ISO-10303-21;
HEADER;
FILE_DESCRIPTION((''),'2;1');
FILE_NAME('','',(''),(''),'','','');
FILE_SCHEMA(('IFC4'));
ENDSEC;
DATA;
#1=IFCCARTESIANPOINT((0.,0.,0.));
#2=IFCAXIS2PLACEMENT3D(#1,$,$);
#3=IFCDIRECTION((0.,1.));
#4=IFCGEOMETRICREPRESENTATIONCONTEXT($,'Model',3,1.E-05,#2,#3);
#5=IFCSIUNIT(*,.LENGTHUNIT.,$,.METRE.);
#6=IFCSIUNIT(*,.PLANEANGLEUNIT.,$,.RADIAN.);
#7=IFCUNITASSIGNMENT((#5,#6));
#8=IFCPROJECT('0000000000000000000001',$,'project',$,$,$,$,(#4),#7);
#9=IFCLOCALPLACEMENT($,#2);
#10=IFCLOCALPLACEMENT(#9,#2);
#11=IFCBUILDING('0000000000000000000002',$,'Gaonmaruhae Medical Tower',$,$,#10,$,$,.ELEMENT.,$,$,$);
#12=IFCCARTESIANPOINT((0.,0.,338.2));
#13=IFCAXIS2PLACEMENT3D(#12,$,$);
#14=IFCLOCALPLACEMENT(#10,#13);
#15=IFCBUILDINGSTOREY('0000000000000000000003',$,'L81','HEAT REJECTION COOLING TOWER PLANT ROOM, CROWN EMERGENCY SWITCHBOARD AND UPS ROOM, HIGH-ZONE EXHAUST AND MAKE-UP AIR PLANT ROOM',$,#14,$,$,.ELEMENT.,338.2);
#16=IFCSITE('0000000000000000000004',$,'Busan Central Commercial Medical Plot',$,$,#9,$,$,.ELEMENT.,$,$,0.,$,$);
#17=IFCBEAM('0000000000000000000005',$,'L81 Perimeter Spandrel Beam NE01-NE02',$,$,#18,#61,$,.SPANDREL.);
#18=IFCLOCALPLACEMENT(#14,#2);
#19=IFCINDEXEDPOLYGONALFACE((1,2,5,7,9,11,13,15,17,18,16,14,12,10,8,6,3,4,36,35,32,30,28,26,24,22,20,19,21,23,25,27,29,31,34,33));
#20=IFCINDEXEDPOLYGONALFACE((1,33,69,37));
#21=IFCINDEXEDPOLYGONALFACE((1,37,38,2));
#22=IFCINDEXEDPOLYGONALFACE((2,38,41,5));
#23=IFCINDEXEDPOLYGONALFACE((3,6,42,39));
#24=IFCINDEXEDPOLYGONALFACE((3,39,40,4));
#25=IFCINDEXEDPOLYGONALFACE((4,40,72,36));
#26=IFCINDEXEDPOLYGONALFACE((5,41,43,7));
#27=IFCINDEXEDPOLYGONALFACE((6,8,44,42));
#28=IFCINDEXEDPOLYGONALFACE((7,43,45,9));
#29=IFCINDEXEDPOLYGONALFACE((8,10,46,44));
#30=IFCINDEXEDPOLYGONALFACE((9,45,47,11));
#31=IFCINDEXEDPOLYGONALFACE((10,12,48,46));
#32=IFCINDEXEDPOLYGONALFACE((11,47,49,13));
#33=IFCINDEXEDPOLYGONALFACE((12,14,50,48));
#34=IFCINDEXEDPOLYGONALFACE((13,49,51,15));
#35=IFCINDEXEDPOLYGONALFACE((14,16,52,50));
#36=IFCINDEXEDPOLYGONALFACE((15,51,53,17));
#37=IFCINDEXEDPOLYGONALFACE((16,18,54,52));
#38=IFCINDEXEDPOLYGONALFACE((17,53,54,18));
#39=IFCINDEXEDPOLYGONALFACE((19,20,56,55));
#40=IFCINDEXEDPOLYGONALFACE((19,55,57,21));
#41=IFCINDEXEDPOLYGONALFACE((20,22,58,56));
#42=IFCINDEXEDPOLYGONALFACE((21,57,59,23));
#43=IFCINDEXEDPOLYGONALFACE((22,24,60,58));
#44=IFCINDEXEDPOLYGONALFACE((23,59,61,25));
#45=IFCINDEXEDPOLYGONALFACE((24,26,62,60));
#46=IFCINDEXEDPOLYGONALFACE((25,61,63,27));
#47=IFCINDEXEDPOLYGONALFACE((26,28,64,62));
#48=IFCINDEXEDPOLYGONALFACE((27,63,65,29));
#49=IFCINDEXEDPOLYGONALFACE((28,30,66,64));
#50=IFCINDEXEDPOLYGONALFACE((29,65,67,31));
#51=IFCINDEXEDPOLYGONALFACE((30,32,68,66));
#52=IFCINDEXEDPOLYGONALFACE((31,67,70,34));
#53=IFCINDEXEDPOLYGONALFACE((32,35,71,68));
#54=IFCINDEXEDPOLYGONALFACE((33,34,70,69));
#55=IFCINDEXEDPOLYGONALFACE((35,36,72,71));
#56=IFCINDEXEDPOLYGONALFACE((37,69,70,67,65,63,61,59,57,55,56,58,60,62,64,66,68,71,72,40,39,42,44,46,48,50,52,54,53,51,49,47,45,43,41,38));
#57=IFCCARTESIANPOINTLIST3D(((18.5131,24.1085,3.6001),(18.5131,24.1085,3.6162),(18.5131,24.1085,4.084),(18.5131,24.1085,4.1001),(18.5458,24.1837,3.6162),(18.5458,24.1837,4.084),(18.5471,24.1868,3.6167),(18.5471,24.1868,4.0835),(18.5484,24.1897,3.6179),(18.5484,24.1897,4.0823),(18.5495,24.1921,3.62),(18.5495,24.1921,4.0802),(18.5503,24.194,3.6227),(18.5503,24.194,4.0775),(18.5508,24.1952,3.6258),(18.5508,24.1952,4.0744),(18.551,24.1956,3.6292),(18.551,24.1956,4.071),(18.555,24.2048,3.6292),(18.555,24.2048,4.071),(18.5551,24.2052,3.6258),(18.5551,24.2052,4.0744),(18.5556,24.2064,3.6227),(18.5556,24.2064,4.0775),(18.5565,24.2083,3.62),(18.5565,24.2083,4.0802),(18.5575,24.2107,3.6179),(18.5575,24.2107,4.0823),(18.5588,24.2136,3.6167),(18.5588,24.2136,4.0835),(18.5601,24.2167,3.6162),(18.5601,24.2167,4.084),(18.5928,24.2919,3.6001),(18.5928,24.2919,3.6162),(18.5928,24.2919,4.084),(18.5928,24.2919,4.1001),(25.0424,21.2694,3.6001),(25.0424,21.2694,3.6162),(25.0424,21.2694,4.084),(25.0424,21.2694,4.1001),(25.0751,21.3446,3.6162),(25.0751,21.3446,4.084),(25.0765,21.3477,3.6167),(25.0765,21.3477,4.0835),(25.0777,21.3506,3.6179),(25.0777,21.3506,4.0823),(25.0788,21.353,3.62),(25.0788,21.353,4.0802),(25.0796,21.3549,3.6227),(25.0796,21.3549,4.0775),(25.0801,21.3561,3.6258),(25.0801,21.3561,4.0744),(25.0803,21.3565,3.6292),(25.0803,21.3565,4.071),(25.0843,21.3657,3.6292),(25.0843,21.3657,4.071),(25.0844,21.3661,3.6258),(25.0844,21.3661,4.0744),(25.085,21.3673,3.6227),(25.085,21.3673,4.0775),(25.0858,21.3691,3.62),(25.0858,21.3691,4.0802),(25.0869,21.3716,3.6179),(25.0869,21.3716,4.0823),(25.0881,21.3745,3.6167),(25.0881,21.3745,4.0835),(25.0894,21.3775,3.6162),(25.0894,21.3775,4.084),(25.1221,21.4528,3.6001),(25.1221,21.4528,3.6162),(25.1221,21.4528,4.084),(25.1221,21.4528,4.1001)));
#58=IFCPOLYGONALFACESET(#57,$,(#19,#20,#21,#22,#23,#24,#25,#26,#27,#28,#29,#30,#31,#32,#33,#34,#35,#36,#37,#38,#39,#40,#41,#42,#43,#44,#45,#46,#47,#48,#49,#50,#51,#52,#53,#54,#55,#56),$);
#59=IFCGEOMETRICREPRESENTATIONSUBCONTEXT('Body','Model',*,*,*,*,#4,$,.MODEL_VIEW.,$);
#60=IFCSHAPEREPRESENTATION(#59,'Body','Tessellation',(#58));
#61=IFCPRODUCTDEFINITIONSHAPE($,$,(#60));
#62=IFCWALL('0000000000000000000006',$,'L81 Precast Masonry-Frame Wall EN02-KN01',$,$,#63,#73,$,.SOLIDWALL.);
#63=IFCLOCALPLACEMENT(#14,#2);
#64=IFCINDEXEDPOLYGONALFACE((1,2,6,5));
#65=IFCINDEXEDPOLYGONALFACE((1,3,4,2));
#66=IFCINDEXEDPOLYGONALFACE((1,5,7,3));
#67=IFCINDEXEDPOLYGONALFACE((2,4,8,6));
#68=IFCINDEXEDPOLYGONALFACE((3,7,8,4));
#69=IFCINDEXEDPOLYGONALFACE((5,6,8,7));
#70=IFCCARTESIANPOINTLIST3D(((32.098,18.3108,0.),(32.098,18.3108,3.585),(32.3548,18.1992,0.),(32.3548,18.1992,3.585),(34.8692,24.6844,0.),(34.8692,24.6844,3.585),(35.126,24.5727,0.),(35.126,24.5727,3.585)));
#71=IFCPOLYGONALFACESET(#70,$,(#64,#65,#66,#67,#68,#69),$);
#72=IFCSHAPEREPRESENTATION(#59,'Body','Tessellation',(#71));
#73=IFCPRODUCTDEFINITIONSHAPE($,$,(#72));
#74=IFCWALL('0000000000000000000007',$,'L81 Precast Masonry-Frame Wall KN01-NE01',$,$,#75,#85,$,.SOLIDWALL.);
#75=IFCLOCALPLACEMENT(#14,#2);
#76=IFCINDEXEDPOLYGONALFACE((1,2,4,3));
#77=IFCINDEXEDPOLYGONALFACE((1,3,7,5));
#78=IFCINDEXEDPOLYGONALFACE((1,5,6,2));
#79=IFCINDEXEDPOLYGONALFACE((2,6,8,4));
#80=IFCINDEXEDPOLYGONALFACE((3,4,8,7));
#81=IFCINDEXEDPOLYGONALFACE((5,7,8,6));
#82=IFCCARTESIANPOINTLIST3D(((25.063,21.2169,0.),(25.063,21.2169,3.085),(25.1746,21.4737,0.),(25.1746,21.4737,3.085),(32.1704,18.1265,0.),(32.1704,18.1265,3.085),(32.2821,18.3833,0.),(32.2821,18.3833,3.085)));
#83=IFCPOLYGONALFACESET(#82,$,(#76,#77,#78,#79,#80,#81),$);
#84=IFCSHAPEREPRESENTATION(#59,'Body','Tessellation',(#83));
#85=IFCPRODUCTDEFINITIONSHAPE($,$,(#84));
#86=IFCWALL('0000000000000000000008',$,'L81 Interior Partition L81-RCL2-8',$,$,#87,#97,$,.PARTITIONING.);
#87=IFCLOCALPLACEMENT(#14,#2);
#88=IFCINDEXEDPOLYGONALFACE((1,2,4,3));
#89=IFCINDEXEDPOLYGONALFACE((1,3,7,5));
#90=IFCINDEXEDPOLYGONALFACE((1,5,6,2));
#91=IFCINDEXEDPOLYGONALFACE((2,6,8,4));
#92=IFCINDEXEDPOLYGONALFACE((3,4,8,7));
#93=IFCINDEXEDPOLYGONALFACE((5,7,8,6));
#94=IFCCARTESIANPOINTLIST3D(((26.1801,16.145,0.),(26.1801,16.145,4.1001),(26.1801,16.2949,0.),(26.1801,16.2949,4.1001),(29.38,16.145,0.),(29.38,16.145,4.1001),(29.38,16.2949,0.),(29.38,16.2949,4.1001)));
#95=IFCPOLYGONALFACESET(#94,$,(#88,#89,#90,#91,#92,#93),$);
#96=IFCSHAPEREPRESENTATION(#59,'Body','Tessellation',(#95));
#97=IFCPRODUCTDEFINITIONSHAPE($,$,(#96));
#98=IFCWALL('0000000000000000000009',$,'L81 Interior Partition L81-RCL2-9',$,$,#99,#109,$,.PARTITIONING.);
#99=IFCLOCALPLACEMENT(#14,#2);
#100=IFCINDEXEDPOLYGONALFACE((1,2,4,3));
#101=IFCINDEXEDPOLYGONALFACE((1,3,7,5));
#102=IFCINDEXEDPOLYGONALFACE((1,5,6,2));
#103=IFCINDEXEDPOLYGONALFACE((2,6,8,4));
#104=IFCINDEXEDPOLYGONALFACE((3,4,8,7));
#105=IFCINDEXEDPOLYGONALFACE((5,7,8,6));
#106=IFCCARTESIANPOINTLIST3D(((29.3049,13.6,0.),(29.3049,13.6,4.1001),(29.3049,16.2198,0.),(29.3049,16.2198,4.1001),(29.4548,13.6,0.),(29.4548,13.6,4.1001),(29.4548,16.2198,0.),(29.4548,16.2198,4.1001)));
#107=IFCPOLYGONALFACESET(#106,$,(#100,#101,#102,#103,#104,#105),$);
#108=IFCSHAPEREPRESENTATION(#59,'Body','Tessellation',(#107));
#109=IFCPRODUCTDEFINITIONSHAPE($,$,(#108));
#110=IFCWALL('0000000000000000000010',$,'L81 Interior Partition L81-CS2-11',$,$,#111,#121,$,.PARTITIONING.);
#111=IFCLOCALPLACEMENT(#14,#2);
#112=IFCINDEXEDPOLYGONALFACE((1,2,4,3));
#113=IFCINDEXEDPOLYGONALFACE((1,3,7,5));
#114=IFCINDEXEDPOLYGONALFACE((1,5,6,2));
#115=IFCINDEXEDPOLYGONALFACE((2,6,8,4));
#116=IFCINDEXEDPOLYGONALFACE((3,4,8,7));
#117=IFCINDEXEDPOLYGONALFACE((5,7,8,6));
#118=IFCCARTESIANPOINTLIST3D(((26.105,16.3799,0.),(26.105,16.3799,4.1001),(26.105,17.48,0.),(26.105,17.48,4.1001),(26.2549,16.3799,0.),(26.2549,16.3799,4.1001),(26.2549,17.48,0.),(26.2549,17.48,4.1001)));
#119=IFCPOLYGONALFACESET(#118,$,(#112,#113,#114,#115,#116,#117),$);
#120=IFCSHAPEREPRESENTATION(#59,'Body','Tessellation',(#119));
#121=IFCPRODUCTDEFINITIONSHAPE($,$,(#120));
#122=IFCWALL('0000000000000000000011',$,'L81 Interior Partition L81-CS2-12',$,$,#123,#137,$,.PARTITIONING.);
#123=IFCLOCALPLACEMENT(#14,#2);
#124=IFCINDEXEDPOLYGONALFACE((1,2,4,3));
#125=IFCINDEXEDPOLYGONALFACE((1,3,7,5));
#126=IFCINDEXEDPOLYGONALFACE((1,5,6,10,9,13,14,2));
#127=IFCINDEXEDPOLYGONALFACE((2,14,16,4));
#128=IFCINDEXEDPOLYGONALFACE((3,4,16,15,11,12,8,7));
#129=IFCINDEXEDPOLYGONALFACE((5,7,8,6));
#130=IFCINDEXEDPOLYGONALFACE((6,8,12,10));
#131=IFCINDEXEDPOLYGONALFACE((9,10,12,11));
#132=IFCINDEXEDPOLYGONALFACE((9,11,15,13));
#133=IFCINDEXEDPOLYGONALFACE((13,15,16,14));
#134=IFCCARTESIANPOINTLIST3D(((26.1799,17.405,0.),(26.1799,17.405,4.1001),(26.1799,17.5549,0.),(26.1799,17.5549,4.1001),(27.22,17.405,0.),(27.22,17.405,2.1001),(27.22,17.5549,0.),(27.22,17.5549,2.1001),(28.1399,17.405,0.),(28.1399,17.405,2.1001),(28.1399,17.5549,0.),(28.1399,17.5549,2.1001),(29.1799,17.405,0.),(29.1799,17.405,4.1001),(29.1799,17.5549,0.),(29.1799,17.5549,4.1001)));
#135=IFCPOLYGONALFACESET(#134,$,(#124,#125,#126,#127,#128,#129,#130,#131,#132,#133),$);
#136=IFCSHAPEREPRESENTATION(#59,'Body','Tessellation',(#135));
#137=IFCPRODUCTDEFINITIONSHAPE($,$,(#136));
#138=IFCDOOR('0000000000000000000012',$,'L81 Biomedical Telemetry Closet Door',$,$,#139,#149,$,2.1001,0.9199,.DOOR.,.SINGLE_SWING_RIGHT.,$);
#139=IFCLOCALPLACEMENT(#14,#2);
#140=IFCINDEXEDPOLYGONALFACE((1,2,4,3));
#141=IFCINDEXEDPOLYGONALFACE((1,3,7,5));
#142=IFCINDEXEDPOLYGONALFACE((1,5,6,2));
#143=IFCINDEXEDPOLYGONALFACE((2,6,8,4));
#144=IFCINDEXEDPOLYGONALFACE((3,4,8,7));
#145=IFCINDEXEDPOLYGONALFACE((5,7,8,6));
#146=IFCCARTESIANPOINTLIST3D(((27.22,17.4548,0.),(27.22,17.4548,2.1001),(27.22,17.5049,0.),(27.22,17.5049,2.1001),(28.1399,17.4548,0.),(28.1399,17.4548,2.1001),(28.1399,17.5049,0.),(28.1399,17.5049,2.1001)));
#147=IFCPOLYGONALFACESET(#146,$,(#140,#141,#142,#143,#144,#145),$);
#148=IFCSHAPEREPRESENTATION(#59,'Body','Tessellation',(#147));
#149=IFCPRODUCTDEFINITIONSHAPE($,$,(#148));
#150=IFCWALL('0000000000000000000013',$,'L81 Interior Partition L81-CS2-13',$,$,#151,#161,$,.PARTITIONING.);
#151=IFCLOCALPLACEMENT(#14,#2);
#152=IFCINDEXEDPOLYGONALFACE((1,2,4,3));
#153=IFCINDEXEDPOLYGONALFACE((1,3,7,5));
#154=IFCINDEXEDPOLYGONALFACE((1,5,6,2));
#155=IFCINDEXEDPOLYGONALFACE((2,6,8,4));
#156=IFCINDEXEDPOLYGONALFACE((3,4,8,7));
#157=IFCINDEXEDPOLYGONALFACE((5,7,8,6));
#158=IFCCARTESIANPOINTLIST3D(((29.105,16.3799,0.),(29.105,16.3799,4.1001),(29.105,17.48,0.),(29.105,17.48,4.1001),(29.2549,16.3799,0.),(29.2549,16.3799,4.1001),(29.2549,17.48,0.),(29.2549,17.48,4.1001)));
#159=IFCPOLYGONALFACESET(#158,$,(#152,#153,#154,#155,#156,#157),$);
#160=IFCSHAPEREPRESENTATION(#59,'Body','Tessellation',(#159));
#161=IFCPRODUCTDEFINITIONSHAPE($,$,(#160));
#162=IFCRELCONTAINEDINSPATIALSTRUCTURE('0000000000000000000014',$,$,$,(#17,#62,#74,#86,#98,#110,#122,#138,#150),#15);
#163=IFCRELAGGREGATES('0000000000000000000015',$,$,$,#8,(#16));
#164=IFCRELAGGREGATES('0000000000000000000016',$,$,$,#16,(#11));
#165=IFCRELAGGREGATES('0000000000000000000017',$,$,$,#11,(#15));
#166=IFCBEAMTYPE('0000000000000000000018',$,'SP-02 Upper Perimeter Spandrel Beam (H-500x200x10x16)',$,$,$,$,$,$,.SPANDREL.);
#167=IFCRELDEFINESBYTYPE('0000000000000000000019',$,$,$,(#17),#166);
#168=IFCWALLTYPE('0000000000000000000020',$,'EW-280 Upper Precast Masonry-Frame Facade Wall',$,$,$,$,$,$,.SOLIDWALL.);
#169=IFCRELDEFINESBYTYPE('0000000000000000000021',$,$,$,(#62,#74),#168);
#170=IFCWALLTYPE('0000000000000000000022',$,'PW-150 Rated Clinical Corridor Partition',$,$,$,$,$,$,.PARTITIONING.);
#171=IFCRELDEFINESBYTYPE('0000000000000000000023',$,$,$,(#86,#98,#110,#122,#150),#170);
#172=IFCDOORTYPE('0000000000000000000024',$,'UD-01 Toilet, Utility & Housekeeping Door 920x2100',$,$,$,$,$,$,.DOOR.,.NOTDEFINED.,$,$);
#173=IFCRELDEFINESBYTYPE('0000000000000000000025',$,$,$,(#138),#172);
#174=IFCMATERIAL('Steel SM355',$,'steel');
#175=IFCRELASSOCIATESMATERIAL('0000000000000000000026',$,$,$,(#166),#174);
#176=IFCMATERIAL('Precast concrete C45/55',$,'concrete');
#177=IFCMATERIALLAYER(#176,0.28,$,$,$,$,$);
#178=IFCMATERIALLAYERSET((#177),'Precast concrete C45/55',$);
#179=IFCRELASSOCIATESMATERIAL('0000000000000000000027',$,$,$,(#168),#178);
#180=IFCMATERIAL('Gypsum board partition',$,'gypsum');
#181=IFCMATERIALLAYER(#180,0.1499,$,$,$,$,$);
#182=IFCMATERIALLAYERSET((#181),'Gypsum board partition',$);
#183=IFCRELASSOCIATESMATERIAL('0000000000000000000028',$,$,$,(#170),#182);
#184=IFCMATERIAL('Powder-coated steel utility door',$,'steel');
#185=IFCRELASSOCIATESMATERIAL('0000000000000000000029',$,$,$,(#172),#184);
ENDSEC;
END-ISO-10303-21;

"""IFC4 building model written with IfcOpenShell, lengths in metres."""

from ifc_helpers import new_model, si_unit, direction, frame, frame_2d, origin, origin_2d, place, context, subcontext, project, spatial, rectangle, i_section, extrude, material, layer, layer_set, material_profile, profile_set, type_object, element, fill, save


model = new_model("IFC4")

# Units and contexts
model_context = context("Model", 3, precision=1e-05, world=origin(), true_north=direction((0.0, 1.0)))
body_context = subcontext(model_context, "Body", "Model", "MODEL_VIEW")
ifc_project = project(units=[si_unit("LENGTHUNIT", "METRE"), si_unit("PLANEANGLEUNIT", "RADIAN")], contexts=[model_context])

# Site, building, storey
site_placement = place(None, origin())
site = spatial("IfcSite", under=ifc_project, at=site_placement, Name="Busan Central Commercial Medical Plot", CompositionType="ELEMENT", RefElevation=0.0)
building_placement = place(site_placement, origin())
building = spatial("IfcBuilding", under=site, at=building_placement, Name="Gaonmaruhae Medical Tower", CompositionType="ELEMENT")
storey_placement = place(building_placement, frame((0.0, 0.0, 338.2)))
storey = spatial("IfcBuildingStorey", under=building, at=storey_placement, Name="L81", Description="HEAT REJECTION COOLING TOWER PLANT ROOM, CROWN EMERGENCY SWITCHBOARD AND UPS ROOM, HIGH-ZONE EXHAUST AND MAKE-UP AIR PLANT ROOM", CompositionType="ELEMENT", Elevation=338.2)

# Beam
ifc_material_1 = material(Name="Steel SM355", Category="steel")
ifc_material_profile_1 = material_profile(ifc_material_1, i_section(OverallWidth=0.2, OverallDepth=0.5, WebThickness=0.01, FlangeThickness=0.0161, FilletRadius=0.0129, at=origin_2d()), Name="H-500x200x10x16")
ifc_profile_set_1 = profile_set([ifc_material_profile_1], Name="Steel SM355")
beam_type_1 = type_object("IfcBeamType", Name="SP-02 Upper Perimeter Spandrel Beam (H-500x200x10x16)", PredefinedType="SPANDREL", material=ifc_profile_set_1)
beam_1_placement = place(storey_placement, frame((25.0823, 21.3611, 3.8501), z_axis=(-0.917055, 0.39876, 0.0), x_axis=(-0.39876, -0.917055, 0.0)))
element("IfcBeam", 1, at=beam_1_placement, inside=storey, type_object=beam_type_1, Name="L81 Perimeter Spandrel Beam NE01-NE02", PredefinedType="SPANDREL", context=body_context, shape_type="SweptSolid", body=[
    extrude(i_section(OverallWidth=0.2, OverallDepth=0.5, WebThickness=0.01, FlangeThickness=0.0161, FilletRadius=0.0129, at=origin_2d()), origin(), (0.0, 0.0, 1.0), 7.1199),
])

# Walls
ifc_material_2 = material(Name="Precast concrete C45/55", Category="concrete")
ifc_layer_1 = layer(ifc_material_2, 0.28)
ifc_layer_set_1 = layer_set([ifc_layer_1], Name="Precast concrete C45/55")
wall_type_1 = type_object("IfcWallType", Name="EW-280 Upper Precast Masonry-Frame Facade Wall", PredefinedType="SOLIDWALL", material=ifc_layer_set_1)
wall_1_placement = place(storey_placement, frame((32.2263, 18.2549, 0.0), z_axis=(0.0, 0.0, 1.0), x_axis=(0.398743, 0.917063, 0.0)))
element("IfcWall", 2, at=wall_1_placement, inside=storey, type_object=wall_type_1, Name="L81 Precast Masonry-Frame Wall EN02-KN01", PredefinedType="SOLIDWALL", context=body_context, shape_type="SweptSolid", body=[
    extrude(rectangle(XDim=6.95, YDim=0.28, at=frame_2d((3.4751, 0.0))), origin(), (0.0, 0.0, 1.0), 3.585),
])
wall_2_placement = place(storey_placement, frame((25.1189, 21.3452, 0.0), z_axis=(0.0, 0.0, 1.0), x_axis=(0.917063, -0.398742, 0.0)))
element("IfcWall", 3, at=wall_2_placement, inside=storey, type_object=wall_type_1, Name="L81 Precast Masonry-Frame Wall KN01-NE01", PredefinedType="SOLIDWALL", context=body_context, shape_type="SweptSolid", body=[
    extrude(rectangle(XDim=7.7502, YDim=0.28, at=frame_2d((3.875, 0.0))), origin(), (0.0, 0.0, 1.0), 3.085),
])
ifc_material_3 = material(Name="Gypsum board partition", Category="gypsum")
ifc_layer_2 = layer(ifc_material_3, 0.1499)
ifc_layer_set_2 = layer_set([ifc_layer_2], Name="Gypsum board partition")
wall_type_2 = type_object("IfcWallType", Name="PW-150 Rated Clinical Corridor Partition", PredefinedType="PARTITIONING", material=ifc_layer_set_2)
wall_3_placement = place(storey_placement, frame((26.1799, 16.22, 0.0), z_axis=(0.0, 0.0, 1.0), x_axis=(1.0, 0.0, 0.0)))
element("IfcWall", 4, at=wall_3_placement, inside=storey, type_object=wall_type_2, Name="L81 Interior Partition L81-RCL2-8", PredefinedType="PARTITIONING", context=body_context, shape_type="SweptSolid", body=[
    extrude(rectangle(XDim=3.2, YDim=0.1499, at=frame_2d((1.6001, 0.0))), origin(), (0.0, 0.0, 1.0), 4.1001),
])
wall_4_placement = place(storey_placement, frame((29.3799, 16.22, 0.0), z_axis=(0.0, 0.0, 1.0), x_axis=(0.0, -1.0, 0.0)))
element("IfcWall", 5, at=wall_4_placement, inside=storey, type_object=wall_type_2, Name="L81 Interior Partition L81-RCL2-9", PredefinedType="PARTITIONING", context=body_context, shape_type="SweptSolid", body=[
    extrude(rectangle(XDim=2.6199, YDim=0.1499, at=frame_2d((1.3101, 0.0))), origin(), (0.0, 0.0, 1.0), 4.1001),
])

# Wall
wall_5_placement = place(storey_placement, frame((26.1799, 16.3799, 0.0), z_axis=(0.0, 0.0, 1.0), x_axis=(0.0, 1.0, 0.0)))
element("IfcWall", 6, at=wall_5_placement, inside=storey, type_object=wall_type_2, Name="L81 Interior Partition L81-CS2-11", PredefinedType="PARTITIONING", context=body_context, shape_type="SweptSolid", body=[
    extrude(rectangle(XDim=1.1001, YDim=0.1499, at=frame_2d((0.55, 0.0))), origin(), (0.0, 0.0, 1.0), 4.1001),
])

# Wall, opening, door
wall_6_placement = place(storey_placement, frame((26.1799, 17.48, 0.0), z_axis=(0.0, 0.0, 1.0), x_axis=(1.0, 0.0, 0.0)))
wall_6 = element("IfcWall", 7, at=wall_6_placement, inside=storey, type_object=wall_type_2, Name="L81 Interior Partition L81-CS2-12", PredefinedType="PARTITIONING", context=body_context, shape_type="SweptSolid", body=[
    extrude(rectangle(XDim=3.0, YDim=0.1499, at=frame_2d((1.5, 0.0))), origin(), (0.0, 0.0, 1.0), 4.1001),
])
opening_1_placement = place(wall_6_placement, frame((1.04, 0.0, 0.0)))
opening_1 = element("IfcOpeningElement", 8, at=opening_1_placement, cuts=wall_6, PredefinedType="OPENING", context=body_context, shape_type="SweptSolid", body=[
    extrude(rectangle(XDim=0.9199, YDim=2.1001, at=frame_2d((0.46, 1.05))), frame((0.0, 0.085, 0.0), z_axis=(0.0, -1.0, 0.0), x_axis=(1.0, 0.0, 0.0)), (0.0, 0.0, 1.0), 0.1699),
])
ifc_material_4 = material(Name="Powder-coated steel utility door", Category="steel")
door_type_1 = type_object("IfcDoorType", Name="UD-01 Toilet, Utility & Housekeeping Door 920x2100", OperationType="NOTDEFINED", PredefinedType="DOOR", material=ifc_material_4)
door_1_placement = place(opening_1_placement, origin())
door_1 = element("IfcDoor", 9, at=door_1_placement, inside=storey, type_object=door_type_1, Name="L81 Biomedical Telemetry Closet Door", OperationType="SINGLE_SWING_RIGHT", OverallHeight=2.1001, OverallWidth=0.9199, PredefinedType="DOOR", context=body_context, shape_type="SweptSolid", body=[
    extrude(rectangle(XDim=0.9199, YDim=2.1001, at=frame_2d((0.46, 1.05))), frame((0.0, 0.0249, 0.0), z_axis=(0.0, -1.0, 0.0), x_axis=(1.0, 0.0, 0.0)), (0.0, 0.0, 1.0), 0.05),
])
fill(opening_1, door_1)

# Wall
wall_7_placement = place(storey_placement, frame((29.1799, 17.48, 0.0), z_axis=(0.0, 0.0, 1.0), x_axis=(0.0, -1.0, 0.0)))
element("IfcWall", 10, at=wall_7_placement, inside=storey, type_object=wall_type_2, Name="L81 Interior Partition L81-CS2-13", PredefinedType="PARTITIONING", context=body_context, shape_type="SweptSolid", body=[
    extrude(rectangle(XDim=1.1001, YDim=0.1499, at=frame_2d((0.55, 0.0))), origin(), (0.0, 0.0, 1.0), 4.1001),
])

save(model, "model.ifc")
